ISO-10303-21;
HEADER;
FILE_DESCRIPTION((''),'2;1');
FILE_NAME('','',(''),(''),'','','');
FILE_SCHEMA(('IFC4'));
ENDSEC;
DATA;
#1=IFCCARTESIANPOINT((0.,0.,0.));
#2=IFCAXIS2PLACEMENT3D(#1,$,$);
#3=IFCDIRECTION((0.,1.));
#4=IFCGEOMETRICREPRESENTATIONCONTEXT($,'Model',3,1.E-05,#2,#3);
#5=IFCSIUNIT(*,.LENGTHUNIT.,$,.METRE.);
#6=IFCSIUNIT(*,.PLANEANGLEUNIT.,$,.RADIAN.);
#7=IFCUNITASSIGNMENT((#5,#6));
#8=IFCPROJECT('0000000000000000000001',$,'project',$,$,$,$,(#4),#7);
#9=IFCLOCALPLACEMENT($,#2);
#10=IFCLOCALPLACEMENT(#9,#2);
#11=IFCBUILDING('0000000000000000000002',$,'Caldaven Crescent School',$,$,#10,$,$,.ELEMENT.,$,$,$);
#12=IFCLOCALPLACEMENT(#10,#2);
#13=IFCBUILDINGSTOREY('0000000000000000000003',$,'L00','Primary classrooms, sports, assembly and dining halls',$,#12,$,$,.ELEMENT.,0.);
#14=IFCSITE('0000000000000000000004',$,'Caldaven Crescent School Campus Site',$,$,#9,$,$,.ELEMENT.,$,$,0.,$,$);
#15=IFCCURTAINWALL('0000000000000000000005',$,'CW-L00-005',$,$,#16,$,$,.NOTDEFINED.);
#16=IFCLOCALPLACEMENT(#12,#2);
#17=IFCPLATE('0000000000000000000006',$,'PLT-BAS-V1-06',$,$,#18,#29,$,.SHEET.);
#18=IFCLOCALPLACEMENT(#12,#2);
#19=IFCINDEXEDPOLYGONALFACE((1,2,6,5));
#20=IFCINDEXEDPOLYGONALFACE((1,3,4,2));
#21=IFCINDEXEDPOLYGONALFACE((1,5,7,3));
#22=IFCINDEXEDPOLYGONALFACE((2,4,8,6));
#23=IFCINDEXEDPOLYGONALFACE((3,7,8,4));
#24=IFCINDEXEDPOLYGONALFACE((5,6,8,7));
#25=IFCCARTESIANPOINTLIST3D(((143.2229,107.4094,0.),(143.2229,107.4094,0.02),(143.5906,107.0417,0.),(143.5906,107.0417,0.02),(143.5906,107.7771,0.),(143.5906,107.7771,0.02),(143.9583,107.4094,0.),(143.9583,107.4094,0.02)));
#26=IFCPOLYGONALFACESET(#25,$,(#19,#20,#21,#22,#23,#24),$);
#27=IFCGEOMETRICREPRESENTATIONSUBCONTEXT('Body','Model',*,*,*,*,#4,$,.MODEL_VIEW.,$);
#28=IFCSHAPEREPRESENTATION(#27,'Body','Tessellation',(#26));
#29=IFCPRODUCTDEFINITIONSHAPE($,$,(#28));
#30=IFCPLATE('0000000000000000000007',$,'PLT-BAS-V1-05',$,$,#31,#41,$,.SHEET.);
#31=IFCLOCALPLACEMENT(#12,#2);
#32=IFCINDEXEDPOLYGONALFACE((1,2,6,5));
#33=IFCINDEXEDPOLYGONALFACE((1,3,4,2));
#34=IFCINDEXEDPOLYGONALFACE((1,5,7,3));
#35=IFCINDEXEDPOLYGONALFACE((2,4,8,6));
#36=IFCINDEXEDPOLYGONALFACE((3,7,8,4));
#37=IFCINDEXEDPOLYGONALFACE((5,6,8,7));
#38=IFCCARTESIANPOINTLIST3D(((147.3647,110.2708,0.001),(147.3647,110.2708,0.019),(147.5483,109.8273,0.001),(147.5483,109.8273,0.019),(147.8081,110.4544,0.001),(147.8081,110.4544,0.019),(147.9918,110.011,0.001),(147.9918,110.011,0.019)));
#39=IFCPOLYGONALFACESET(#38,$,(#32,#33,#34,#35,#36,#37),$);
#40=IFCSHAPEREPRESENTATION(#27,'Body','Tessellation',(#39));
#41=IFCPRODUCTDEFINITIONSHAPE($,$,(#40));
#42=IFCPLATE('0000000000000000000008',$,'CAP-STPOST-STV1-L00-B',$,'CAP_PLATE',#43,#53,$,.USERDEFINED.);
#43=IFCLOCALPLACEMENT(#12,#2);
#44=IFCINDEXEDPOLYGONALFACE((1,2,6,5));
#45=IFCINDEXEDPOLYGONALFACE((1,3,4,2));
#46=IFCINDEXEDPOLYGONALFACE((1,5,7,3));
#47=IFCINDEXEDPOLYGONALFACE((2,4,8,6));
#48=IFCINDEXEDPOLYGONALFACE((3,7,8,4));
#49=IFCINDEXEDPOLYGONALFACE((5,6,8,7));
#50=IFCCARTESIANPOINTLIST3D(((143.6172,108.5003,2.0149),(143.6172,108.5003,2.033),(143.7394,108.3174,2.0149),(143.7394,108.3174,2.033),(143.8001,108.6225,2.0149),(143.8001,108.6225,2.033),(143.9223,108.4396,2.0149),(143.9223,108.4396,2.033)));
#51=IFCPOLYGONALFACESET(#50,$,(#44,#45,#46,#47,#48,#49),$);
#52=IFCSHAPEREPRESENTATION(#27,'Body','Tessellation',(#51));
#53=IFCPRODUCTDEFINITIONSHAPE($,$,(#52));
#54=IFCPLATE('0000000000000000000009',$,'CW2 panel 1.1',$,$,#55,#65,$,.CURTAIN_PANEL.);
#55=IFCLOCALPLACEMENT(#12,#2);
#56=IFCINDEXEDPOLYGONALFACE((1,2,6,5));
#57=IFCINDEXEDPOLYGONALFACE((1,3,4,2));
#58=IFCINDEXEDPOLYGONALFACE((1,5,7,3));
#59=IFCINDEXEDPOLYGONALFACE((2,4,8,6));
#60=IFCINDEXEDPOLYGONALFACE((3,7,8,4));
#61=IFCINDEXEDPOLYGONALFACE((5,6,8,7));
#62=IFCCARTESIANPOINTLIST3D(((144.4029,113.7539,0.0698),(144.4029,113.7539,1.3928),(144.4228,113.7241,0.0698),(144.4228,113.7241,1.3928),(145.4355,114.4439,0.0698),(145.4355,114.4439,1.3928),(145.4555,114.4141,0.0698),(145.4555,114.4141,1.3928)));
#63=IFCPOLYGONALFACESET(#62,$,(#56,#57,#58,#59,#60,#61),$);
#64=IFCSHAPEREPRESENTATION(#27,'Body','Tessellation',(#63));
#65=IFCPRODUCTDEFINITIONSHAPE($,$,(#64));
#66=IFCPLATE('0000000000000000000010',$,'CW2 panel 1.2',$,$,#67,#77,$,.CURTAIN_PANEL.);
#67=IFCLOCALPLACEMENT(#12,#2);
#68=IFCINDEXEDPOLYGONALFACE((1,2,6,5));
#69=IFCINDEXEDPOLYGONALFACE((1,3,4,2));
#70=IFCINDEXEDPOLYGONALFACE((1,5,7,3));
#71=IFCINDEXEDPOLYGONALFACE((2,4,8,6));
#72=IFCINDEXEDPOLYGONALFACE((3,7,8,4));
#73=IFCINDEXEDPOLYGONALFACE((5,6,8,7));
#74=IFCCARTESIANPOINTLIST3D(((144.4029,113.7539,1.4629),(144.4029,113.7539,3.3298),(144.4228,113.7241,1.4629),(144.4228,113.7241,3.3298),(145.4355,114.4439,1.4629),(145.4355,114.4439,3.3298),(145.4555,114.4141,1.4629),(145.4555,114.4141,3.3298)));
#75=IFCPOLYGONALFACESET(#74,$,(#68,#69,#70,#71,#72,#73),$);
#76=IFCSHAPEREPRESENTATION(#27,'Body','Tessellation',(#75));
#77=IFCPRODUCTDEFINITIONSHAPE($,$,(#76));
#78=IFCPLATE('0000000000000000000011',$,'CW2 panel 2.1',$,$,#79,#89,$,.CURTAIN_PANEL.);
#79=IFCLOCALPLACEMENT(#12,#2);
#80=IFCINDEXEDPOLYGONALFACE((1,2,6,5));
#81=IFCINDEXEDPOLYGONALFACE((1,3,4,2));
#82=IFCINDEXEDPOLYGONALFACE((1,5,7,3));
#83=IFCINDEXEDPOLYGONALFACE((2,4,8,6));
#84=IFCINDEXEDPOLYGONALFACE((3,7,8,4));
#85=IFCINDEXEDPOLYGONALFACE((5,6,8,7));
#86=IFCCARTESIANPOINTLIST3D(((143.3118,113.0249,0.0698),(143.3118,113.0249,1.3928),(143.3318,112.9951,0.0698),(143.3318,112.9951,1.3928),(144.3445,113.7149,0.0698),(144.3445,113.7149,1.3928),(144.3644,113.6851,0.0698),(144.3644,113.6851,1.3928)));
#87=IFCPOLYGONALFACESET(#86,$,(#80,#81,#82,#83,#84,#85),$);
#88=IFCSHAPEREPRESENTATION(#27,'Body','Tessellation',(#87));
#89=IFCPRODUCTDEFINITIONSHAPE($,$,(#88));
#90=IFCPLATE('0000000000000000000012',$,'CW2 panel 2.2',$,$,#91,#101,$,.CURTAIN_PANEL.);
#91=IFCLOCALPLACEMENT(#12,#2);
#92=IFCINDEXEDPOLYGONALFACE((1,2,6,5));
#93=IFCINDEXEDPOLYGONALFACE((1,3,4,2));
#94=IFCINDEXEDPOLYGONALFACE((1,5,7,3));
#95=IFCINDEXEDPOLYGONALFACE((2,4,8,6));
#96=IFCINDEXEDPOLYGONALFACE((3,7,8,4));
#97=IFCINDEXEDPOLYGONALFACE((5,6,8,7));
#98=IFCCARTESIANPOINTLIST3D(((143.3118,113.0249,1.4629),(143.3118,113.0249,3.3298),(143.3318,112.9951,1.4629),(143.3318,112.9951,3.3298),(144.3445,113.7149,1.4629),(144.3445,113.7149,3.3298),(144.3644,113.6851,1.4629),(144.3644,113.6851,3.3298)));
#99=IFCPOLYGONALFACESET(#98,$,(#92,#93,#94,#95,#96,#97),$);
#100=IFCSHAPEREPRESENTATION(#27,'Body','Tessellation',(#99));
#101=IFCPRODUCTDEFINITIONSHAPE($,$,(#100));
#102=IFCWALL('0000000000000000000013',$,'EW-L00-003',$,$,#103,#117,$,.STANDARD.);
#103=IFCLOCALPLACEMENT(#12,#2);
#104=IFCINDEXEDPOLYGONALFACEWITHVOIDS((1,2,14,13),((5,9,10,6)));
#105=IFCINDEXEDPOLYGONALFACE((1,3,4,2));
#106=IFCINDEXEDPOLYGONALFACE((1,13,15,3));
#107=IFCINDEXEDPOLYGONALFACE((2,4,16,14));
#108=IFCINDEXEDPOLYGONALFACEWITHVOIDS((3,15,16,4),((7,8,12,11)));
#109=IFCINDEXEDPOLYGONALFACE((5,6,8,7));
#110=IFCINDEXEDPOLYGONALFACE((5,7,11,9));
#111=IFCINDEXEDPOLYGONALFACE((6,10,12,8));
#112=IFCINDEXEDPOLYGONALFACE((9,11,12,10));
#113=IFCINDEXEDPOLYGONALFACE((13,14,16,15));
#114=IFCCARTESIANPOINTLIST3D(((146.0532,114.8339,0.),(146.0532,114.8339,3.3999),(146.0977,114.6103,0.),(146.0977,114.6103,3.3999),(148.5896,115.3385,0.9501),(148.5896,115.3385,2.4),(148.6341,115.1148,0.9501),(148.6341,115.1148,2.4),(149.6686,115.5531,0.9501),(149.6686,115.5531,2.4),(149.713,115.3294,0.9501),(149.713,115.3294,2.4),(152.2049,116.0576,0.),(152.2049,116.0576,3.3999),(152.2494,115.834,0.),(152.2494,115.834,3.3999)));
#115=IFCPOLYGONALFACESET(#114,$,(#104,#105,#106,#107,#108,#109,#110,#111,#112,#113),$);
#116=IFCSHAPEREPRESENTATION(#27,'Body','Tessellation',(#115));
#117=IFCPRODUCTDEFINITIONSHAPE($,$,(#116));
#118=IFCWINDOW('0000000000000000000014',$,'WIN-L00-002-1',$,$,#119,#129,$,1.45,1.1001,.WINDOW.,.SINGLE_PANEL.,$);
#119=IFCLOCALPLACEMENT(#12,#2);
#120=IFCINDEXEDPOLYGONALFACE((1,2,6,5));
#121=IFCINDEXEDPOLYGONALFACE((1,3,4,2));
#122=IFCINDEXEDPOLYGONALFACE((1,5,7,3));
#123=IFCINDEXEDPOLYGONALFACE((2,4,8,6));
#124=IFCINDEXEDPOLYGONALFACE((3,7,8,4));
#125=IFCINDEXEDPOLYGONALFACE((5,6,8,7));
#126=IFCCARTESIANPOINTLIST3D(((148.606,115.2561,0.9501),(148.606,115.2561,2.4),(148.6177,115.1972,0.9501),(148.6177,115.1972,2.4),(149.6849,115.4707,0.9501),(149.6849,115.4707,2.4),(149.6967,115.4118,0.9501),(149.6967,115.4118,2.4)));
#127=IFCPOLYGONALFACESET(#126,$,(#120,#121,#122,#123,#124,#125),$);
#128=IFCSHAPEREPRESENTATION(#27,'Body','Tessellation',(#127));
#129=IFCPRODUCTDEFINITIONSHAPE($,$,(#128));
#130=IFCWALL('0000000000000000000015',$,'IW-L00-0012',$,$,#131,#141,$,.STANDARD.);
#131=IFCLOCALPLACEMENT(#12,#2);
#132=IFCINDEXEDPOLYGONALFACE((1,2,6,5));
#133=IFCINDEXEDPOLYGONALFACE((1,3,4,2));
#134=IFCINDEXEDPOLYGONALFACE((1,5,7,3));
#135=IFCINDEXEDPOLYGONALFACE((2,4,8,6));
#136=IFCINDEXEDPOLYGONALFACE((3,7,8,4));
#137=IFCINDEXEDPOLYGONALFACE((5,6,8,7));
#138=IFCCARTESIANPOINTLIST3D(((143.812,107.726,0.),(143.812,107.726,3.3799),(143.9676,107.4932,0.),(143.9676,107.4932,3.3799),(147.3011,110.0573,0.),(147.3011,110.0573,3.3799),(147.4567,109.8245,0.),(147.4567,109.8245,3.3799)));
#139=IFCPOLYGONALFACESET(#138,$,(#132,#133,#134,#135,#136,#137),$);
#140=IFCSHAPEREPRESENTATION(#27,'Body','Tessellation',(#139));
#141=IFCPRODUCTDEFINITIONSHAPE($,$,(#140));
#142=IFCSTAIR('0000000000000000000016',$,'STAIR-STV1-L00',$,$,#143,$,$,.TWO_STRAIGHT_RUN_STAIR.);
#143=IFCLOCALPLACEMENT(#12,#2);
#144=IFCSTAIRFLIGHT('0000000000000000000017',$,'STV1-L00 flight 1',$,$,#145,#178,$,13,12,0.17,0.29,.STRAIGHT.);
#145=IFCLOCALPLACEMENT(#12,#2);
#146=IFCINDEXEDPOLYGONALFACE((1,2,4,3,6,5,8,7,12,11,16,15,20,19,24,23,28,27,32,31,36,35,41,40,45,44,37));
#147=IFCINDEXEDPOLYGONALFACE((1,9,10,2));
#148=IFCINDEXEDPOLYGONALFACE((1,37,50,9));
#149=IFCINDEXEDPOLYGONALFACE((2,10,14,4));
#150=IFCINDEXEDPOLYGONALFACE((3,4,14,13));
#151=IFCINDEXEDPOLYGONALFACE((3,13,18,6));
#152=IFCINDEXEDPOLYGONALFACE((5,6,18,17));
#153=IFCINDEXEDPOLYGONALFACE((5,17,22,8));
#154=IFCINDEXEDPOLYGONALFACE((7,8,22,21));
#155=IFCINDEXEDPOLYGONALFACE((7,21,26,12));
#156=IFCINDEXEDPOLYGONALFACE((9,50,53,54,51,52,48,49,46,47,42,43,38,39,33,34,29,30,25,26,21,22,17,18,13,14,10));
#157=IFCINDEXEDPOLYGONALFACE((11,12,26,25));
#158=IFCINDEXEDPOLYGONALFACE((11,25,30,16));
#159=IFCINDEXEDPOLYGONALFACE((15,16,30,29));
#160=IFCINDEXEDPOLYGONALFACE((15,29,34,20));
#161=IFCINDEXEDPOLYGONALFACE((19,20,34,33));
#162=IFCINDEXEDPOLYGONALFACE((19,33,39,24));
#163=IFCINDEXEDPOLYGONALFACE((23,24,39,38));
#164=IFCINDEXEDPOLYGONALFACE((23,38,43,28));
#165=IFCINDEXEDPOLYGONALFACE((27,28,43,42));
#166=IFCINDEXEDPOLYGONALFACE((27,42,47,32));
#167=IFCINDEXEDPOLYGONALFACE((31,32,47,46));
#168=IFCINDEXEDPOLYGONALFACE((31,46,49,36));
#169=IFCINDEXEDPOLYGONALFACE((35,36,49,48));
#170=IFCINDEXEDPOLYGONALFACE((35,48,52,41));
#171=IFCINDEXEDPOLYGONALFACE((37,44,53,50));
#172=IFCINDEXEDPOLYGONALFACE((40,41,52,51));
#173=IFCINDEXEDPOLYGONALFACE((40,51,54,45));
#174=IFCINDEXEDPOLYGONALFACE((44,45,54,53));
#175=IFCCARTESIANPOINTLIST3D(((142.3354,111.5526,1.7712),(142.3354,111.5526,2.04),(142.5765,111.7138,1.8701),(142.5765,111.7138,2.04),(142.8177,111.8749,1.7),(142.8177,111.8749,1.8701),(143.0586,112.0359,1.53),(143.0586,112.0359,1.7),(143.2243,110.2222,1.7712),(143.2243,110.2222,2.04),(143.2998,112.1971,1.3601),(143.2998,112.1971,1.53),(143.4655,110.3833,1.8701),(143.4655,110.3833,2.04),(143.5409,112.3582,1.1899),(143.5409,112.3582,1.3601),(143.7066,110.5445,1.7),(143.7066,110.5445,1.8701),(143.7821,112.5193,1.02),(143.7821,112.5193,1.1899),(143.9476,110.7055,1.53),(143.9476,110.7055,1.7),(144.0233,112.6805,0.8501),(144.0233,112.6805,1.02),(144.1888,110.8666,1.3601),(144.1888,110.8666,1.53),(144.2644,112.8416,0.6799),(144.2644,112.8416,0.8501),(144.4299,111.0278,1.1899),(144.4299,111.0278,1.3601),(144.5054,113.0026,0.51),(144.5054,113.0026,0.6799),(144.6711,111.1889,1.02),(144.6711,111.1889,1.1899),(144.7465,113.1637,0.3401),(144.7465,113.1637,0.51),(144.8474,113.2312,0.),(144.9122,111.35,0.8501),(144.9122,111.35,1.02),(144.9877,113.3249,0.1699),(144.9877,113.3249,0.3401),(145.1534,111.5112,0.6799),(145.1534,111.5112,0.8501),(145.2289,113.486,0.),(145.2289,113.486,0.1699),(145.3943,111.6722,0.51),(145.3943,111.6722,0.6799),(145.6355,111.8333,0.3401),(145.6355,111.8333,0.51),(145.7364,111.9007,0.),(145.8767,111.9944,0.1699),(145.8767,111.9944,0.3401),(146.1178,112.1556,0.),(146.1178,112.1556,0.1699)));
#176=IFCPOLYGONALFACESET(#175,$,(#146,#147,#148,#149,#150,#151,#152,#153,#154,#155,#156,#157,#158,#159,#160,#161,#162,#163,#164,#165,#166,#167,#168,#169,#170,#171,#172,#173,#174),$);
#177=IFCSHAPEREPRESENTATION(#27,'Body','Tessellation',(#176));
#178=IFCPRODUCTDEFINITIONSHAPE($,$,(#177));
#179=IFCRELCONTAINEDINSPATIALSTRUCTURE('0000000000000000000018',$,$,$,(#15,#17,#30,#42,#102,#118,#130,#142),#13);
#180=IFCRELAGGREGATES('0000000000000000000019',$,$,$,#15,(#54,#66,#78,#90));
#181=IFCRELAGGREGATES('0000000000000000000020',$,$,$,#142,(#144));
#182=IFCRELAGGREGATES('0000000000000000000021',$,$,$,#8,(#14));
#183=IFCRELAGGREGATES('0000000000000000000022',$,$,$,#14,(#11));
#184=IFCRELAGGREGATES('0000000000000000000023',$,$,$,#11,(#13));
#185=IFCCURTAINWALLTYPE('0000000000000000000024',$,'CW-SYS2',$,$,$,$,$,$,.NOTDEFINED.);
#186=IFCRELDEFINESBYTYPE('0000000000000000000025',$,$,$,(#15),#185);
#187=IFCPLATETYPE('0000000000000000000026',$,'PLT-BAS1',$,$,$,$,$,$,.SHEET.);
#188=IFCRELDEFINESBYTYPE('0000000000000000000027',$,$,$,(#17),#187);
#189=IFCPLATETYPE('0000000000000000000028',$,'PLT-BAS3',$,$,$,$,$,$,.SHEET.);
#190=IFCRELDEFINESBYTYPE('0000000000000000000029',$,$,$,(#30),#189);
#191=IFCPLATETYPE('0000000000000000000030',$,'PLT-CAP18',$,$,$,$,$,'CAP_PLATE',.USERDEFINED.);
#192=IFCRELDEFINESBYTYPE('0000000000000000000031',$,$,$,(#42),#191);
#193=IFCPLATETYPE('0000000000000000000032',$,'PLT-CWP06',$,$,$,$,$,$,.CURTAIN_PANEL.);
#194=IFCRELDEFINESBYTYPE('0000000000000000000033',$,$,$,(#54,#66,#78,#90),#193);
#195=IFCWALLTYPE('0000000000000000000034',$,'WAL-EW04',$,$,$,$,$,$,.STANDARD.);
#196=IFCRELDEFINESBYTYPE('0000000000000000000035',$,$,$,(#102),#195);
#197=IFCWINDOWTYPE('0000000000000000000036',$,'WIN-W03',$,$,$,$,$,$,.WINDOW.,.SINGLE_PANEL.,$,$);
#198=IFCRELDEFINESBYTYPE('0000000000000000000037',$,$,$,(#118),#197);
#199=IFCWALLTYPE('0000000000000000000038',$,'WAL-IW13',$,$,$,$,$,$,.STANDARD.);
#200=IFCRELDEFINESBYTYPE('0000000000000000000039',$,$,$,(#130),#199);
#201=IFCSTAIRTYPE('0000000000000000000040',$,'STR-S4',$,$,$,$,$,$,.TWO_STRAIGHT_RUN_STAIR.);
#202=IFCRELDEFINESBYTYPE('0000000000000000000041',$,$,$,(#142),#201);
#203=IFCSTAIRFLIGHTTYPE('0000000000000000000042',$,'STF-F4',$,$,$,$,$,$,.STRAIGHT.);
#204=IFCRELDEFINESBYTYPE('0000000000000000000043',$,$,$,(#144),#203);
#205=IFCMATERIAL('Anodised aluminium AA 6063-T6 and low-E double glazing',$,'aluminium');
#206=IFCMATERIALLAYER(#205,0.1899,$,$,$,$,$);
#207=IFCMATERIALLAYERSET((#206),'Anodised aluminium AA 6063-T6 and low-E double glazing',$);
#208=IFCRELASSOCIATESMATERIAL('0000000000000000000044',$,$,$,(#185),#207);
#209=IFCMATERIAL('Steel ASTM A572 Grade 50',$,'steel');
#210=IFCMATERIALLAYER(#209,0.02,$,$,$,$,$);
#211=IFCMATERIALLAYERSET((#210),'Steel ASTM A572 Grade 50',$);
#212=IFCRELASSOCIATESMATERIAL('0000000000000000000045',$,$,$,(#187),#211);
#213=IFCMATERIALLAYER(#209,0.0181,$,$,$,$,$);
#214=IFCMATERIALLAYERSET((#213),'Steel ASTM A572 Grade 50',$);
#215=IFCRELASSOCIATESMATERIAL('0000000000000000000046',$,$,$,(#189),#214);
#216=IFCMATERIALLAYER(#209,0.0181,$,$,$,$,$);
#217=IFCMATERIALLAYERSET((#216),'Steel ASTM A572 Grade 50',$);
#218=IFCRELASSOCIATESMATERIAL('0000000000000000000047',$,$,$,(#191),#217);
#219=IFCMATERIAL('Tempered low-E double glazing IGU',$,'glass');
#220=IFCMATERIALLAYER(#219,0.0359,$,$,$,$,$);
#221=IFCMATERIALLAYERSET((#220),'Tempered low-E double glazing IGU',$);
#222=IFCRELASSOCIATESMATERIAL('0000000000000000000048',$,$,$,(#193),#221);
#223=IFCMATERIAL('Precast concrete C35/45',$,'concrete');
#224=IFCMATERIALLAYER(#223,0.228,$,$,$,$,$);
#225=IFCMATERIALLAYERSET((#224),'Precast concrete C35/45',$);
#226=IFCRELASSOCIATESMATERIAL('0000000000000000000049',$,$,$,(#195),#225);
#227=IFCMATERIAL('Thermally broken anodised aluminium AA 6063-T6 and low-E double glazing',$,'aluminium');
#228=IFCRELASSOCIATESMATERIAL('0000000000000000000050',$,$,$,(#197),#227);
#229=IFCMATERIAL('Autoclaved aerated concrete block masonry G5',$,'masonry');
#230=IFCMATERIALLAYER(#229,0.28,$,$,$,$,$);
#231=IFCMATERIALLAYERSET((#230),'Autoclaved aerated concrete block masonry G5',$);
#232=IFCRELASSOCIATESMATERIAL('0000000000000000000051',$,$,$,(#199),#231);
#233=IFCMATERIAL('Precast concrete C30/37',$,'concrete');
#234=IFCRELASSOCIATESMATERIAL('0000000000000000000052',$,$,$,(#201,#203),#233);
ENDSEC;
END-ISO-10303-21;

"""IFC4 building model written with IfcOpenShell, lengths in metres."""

from ifc_helpers import new_model, si_unit, direction, frame, frame_2d, origin, origin_2d, place, context, subcontext, project, spatial, polyline, rectangle, outline, extrude, material, layer, layer_set, type_object, element, fill, aggregate, save


model = new_model("IFC4")

# Units and contexts
model_context = context("Model", 3, precision=1e-05, world=origin(), true_north=direction((0.0, 1.0)))
body_context = subcontext(model_context, "Body", "Model", "MODEL_VIEW")
ifc_project = project(units=[si_unit("LENGTHUNIT", "METRE"), si_unit("PLANEANGLEUNIT", "RADIAN")], contexts=[model_context])

# Site, building, storey
site_placement = place(None, origin())
site = spatial("IfcSite", under=ifc_project, at=site_placement, Name="Caldaven Crescent School Campus Site", CompositionType="ELEMENT", RefElevation=0.0)
building_placement = place(site_placement, origin())
building = spatial("IfcBuilding", under=site, at=building_placement, Name="Caldaven Crescent School", CompositionType="ELEMENT")
storey_placement = place(building_placement, origin())
storey = spatial("IfcBuildingStorey", under=building, at=storey_placement, Name="L00", Description="Primary classrooms, sports, assembly and dining halls", CompositionType="ELEMENT", Elevation=0.0)

# Shared definitions
ifc_material_1 = material(Name="Steel ASTM A572 Grade 50", Category="steel")

# Curtain wall
ifc_material_2 = material(Name="Anodised aluminium AA 6063-T6 and low-E double glazing", Category="aluminium")
ifc_layer_1 = layer(ifc_material_2, 0.1899)
ifc_layer_set_1 = layer_set([ifc_layer_1], Name="Anodised aluminium AA 6063-T6 and low-E double glazing")
curtain_wall_type = type_object("IfcCurtainWallType", Name="CW-SYS2", PredefinedType="NOTDEFINED", material=ifc_layer_set_1)
curtain_wall_placement = place(storey_placement, origin())
curtain_wall = element("IfcCurtainWall", 1, at=curtain_wall_placement, inside=storey, type_object=curtain_wall_type, Name="CW-L00-005", PredefinedType="NOTDEFINED")

# Plates
ifc_layer_2 = layer(ifc_material_1, 0.02)
ifc_layer_set_2 = layer_set([ifc_layer_2], Name="Steel ASTM A572 Grade 50")
plate_type_1 = type_object("IfcPlateType", Name="PLT-BAS1", PredefinedType="SHEET", material=ifc_layer_set_2)
plate_1_placement = place(storey_placement, frame((143.5906, 107.4094, 0.0), z_axis=(0.0, 0.0, 1.0), x_axis=(-0.707107, 0.707107, 0.0)))
element("IfcPlate", 2, at=plate_1_placement, inside=storey, type_object=plate_type_1, Name="PLT-BAS-V1-06", PredefinedType="SHEET", context=body_context, shape_type="SweptSolid", body=[
    extrude(rectangle(XDim=0.52, YDim=0.52, at=origin_2d()), origin(), (0.0, 0.0, 1.0), 0.02),
])
ifc_layer_3 = layer(ifc_material_1, 0.0181)
ifc_layer_set_3 = layer_set([ifc_layer_3], Name="Steel ASTM A572 Grade 50")
plate_type_2 = type_object("IfcPlateType", Name="PLT-BAS3", PredefinedType="SHEET", material=ifc_layer_set_3)
plate_2_placement = place(storey_placement, frame((147.6782, 110.1409, 0.001), z_axis=(0.0, 0.0, 1.0), x_axis=(-0.382683, 0.92388, 0.0)))
element("IfcPlate", 3, at=plate_2_placement, inside=storey, type_object=plate_type_2, Name="PLT-BAS-V1-05", PredefinedType="SHEET", context=body_context, shape_type="SweptSolid", body=[
    extrude(rectangle(XDim=0.48, YDim=0.48, at=origin_2d()), origin(), (0.0, 0.0, 1.0), 0.0181),
])
ifc_layer_4 = layer(ifc_material_1, 0.0181)
ifc_layer_set_4 = layer_set([ifc_layer_4], Name="Steel ASTM A572 Grade 50")
plate_type_3 = type_object("IfcPlateType", Name="PLT-CAP18", ElementType="CAP_PLATE", PredefinedType="USERDEFINED", material=ifc_layer_set_4)
plate_3_placement = place(storey_placement, frame((143.7698, 108.47, 2.0149), z_axis=(0.0, 0.0, 1.0), x_axis=(-0.83147, -0.55557, 0.0)))
element("IfcPlate", 4, at=plate_3_placement, inside=storey, type_object=plate_type_3, Name="CAP-STPOST-STV1-L00-B", ObjectType="CAP_PLATE", PredefinedType="USERDEFINED", context=body_context, shape_type="SweptSolid", body=[
    extrude(rectangle(XDim=0.22, YDim=0.22, at=origin_2d()), origin(), (0.0, 0.0, 1.0), 0.0181),
])

# Plates
ifc_material_3 = material(Name="Tempered low-E double glazing IGU", Category="glass")
ifc_layer_5 = layer(ifc_material_3, 0.0359)
ifc_layer_set_5 = layer_set([ifc_layer_5], Name="Tempered low-E double glazing IGU")
plate_type_4 = type_object("IfcPlateType", Name="PLT-CWP06", PredefinedType="CURTAIN_PANEL", material=ifc_layer_set_5)
plate_4_placement = place(storey_placement, frame((144.9292, 114.084, 0.0698), z_axis=(0.0, 0.0, 1.0), x_axis=(-0.83147, -0.555569, 0.0)))
plate_4 = element("IfcPlate", 5, at=plate_4_placement, type_object=plate_type_4, Name="CW2 panel 1.1", PredefinedType="CURTAIN_PANEL", context=body_context, shape_type="SweptSolid", body=[
    extrude(rectangle(XDim=1.2419, YDim=0.0359, at=origin_2d()), origin(), (0.0, 0.0, 1.0), 1.323),
])
plate_5_placement = place(storey_placement, frame((144.9292, 114.084, 1.4629), z_axis=(0.0, 0.0, 1.0), x_axis=(-0.83147, -0.555569, 0.0)))
plate_5 = element("IfcPlate", 6, at=plate_5_placement, type_object=plate_type_4, Name="CW2 panel 1.2", PredefinedType="CURTAIN_PANEL", context=body_context, shape_type="SweptSolid", body=[
    extrude(rectangle(XDim=1.2419, YDim=0.0359, at=origin_2d()), origin(), (0.0, 0.0, 1.0), 1.8669),
])
plate_6_placement = place(storey_placement, frame((143.8381, 113.355, 0.0698), z_axis=(0.0, 0.0, 1.0), x_axis=(-0.83147, -0.555569, 0.0)))
plate_6 = element("IfcPlate", 7, at=plate_6_placement, type_object=plate_type_4, Name="CW2 panel 2.1", PredefinedType="CURTAIN_PANEL", context=body_context, shape_type="SweptSolid", body=[
    extrude(rectangle(XDim=1.2419, YDim=0.0359, at=origin_2d()), origin(), (0.0, 0.0, 1.0), 1.323),
])
plate_7_placement = place(storey_placement, frame((143.8381, 113.355, 1.4629), z_axis=(0.0, 0.0, 1.0), x_axis=(-0.83147, -0.555569, 0.0)))
plate_7 = element("IfcPlate", 8, at=plate_7_placement, type_object=plate_type_4, Name="CW2 panel 2.2", PredefinedType="CURTAIN_PANEL", context=body_context, shape_type="SweptSolid", body=[
    extrude(rectangle(XDim=1.2419, YDim=0.0359, at=origin_2d()), origin(), (0.0, 0.0, 1.0), 1.8669),
])
aggregate(curtain_wall, [plate_4, plate_5, plate_6, plate_7])

# Wall, opening, window
ifc_material_4 = material(Name="Precast concrete C35/45", Category="concrete")
ifc_layer_6 = layer(ifc_material_4, 0.228)
ifc_layer_set_6 = layer_set([ifc_layer_6], Name="Precast concrete C35/45")
wall_type_1 = type_object("IfcWallType", Name="WAL-EW04", PredefinedType="STANDARD", material=ifc_layer_set_6)
wall_1_placement = place(storey_placement, frame((152.2273, 115.9458, 0.0), z_axis=(0.0, 0.0, 1.0), x_axis=(-0.980785, -0.195091, 0.0)))
wall_1 = element("IfcWall", 9, at=wall_1_placement, inside=storey, type_object=wall_type_1, Name="EW-L00-003", PredefinedType="STANDARD", context=body_context, shape_type="SweptSolid", body=[
    extrude(rectangle(XDim=6.2722, YDim=0.228, at=frame_2d((3.1362, 0.0))), origin(), (0.0, 0.0, 1.0), 3.3999),
])
opening_1_placement = place(wall_1_placement, frame((2.5862, 0.0, 0.95)))
opening_1 = element("IfcOpeningElement", 10, at=opening_1_placement, cuts=wall_1, PredefinedType="OPENING", context=body_context, shape_type="SweptSolid", body=[
    extrude(rectangle(XDim=1.1001, YDim=1.45, at=frame_2d((0.55, 0.7251))), frame((0.0, 0.124, 0.0), z_axis=(0.0, -1.0, 0.0), x_axis=(1.0, 0.0, 0.0)), (0.0, 0.0, 1.0), 0.248),
])
ifc_material_5 = material(Name="Thermally broken anodised aluminium AA 6063-T6 and low-E double glazing", Category="aluminium")
window_type = type_object("IfcWindowType", Name="WIN-W03", PartitioningType="SINGLE_PANEL", PredefinedType="WINDOW", material=ifc_material_5)
window_placement = place(opening_1_placement, origin())
window = element("IfcWindow", 11, at=window_placement, inside=storey, type_object=window_type, Name="WIN-L00-002-1", OverallHeight=1.45, OverallWidth=1.1001, PartitioningType="SINGLE_PANEL", PredefinedType="WINDOW", context=body_context, shape_type="SweptSolid", body=[
    extrude(rectangle(XDim=1.1001, YDim=1.45, at=frame_2d((0.55, 0.7251))), frame((0.0, 0.03, 0.0), z_axis=(0.0, -1.0, 0.0), x_axis=(1.0, 0.0, 0.0)), (0.0, 0.0, 1.0), 0.0601),
])
fill(opening_1, window)

# Shared definitions
ifc_material_6 = material(Name="Autoclaved aerated concrete block masonry G5", Category="masonry")

# Wall
ifc_layer_7 = layer(ifc_material_6, 0.28)
ifc_layer_set_7 = layer_set([ifc_layer_7], Name="Autoclaved aerated concrete block masonry G5")
wall_type_2 = type_object("IfcWallType", Name="WAL-IW13", PredefinedType="STANDARD", material=ifc_layer_set_7)
wall_2_placement = place(storey_placement, frame((147.3789, 109.9409, 0.0), z_axis=(0.0, 0.0, 1.0), x_axis=(-0.831468, -0.555573, 0.0)))
element("IfcWall", 12, at=wall_2_placement, inside=storey, type_object=wall_type_2, Name="IW-L00-0012", PredefinedType="STANDARD", context=body_context, shape_type="SweptSolid", body=[
    extrude(rectangle(XDim=4.1963, YDim=0.28, at=frame_2d((2.0981, 0.0))), origin(), (0.0, 0.0, 1.0), 3.3799),
])

# Stair, stair flight
ifc_material_7 = material(Name="Precast concrete C30/37", Category="concrete")
stair_type = type_object("IfcStairType", Name="STR-S4", PredefinedType="TWO_STRAIGHT_RUN_STAIR", material=ifc_material_7)
stair_placement = place(storey_placement, origin())
stair = element("IfcStair", 13, at=stair_placement, inside=storey, type_object=stair_type, Name="STAIR-STV1-L00", PredefinedType="TWO_STRAIGHT_RUN_STAIR")
stair_flight_type = type_object("IfcStairFlightType", Name="STF-F4", PredefinedType="STRAIGHT", material=ifc_material_7)
stair_flight_1_placement = place(storey_placement, frame((145.6733, 112.8208, 0.0), z_axis=(0.0, 0.0, 1.0), x_axis=(-0.83147, -0.55557, 0.0)))
stair_flight_1 = element("IfcStairFlight", 14, at=stair_flight_1_placement, type_object=stair_flight_type, Name="STV1-L00 flight 1", NumberOfRisers=13, NumberOfTreads=12, PredefinedType="STRAIGHT", RiserHeight=0.17, TreadLength=0.29, context=body_context, shape_type="SweptSolid", body=[
    extrude(outline(polyline([(0.0, 0.0), (0.0, 0.1699), (0.29, 0.1699), (0.29, 0.3401), (0.5801, 0.3401), (0.5801, 0.51), (0.8701, 0.51), (0.8701, 0.6799), (1.1599, 0.6799), (1.1599, 0.8501), (1.45, 0.8501), (1.45, 1.02), (1.74, 1.02), (1.74, 1.1899), (2.03, 1.1899), (2.03, 1.3601), (2.3201, 1.3601), (2.3201, 1.53), (2.6101, 1.53), (2.6101, 1.7), (2.8999, 1.7), (2.8999, 1.8701), (3.1899, 1.8701), (3.1899, 2.04), (3.48, 2.04), (3.48, 2.21), (3.48, 1.7712), (0.4587, 0.0), (0.0, 0.0)])), frame((0.0, 0.8, 0.0), z_axis=(0.0, -1.0, 0.0), x_axis=(1.0, 0.0, 0.0)), (0.0, 0.0, 1.0), 1.6001),
])
aggregate(stair, [stair_flight_1])

save(model, "model.ifc")
